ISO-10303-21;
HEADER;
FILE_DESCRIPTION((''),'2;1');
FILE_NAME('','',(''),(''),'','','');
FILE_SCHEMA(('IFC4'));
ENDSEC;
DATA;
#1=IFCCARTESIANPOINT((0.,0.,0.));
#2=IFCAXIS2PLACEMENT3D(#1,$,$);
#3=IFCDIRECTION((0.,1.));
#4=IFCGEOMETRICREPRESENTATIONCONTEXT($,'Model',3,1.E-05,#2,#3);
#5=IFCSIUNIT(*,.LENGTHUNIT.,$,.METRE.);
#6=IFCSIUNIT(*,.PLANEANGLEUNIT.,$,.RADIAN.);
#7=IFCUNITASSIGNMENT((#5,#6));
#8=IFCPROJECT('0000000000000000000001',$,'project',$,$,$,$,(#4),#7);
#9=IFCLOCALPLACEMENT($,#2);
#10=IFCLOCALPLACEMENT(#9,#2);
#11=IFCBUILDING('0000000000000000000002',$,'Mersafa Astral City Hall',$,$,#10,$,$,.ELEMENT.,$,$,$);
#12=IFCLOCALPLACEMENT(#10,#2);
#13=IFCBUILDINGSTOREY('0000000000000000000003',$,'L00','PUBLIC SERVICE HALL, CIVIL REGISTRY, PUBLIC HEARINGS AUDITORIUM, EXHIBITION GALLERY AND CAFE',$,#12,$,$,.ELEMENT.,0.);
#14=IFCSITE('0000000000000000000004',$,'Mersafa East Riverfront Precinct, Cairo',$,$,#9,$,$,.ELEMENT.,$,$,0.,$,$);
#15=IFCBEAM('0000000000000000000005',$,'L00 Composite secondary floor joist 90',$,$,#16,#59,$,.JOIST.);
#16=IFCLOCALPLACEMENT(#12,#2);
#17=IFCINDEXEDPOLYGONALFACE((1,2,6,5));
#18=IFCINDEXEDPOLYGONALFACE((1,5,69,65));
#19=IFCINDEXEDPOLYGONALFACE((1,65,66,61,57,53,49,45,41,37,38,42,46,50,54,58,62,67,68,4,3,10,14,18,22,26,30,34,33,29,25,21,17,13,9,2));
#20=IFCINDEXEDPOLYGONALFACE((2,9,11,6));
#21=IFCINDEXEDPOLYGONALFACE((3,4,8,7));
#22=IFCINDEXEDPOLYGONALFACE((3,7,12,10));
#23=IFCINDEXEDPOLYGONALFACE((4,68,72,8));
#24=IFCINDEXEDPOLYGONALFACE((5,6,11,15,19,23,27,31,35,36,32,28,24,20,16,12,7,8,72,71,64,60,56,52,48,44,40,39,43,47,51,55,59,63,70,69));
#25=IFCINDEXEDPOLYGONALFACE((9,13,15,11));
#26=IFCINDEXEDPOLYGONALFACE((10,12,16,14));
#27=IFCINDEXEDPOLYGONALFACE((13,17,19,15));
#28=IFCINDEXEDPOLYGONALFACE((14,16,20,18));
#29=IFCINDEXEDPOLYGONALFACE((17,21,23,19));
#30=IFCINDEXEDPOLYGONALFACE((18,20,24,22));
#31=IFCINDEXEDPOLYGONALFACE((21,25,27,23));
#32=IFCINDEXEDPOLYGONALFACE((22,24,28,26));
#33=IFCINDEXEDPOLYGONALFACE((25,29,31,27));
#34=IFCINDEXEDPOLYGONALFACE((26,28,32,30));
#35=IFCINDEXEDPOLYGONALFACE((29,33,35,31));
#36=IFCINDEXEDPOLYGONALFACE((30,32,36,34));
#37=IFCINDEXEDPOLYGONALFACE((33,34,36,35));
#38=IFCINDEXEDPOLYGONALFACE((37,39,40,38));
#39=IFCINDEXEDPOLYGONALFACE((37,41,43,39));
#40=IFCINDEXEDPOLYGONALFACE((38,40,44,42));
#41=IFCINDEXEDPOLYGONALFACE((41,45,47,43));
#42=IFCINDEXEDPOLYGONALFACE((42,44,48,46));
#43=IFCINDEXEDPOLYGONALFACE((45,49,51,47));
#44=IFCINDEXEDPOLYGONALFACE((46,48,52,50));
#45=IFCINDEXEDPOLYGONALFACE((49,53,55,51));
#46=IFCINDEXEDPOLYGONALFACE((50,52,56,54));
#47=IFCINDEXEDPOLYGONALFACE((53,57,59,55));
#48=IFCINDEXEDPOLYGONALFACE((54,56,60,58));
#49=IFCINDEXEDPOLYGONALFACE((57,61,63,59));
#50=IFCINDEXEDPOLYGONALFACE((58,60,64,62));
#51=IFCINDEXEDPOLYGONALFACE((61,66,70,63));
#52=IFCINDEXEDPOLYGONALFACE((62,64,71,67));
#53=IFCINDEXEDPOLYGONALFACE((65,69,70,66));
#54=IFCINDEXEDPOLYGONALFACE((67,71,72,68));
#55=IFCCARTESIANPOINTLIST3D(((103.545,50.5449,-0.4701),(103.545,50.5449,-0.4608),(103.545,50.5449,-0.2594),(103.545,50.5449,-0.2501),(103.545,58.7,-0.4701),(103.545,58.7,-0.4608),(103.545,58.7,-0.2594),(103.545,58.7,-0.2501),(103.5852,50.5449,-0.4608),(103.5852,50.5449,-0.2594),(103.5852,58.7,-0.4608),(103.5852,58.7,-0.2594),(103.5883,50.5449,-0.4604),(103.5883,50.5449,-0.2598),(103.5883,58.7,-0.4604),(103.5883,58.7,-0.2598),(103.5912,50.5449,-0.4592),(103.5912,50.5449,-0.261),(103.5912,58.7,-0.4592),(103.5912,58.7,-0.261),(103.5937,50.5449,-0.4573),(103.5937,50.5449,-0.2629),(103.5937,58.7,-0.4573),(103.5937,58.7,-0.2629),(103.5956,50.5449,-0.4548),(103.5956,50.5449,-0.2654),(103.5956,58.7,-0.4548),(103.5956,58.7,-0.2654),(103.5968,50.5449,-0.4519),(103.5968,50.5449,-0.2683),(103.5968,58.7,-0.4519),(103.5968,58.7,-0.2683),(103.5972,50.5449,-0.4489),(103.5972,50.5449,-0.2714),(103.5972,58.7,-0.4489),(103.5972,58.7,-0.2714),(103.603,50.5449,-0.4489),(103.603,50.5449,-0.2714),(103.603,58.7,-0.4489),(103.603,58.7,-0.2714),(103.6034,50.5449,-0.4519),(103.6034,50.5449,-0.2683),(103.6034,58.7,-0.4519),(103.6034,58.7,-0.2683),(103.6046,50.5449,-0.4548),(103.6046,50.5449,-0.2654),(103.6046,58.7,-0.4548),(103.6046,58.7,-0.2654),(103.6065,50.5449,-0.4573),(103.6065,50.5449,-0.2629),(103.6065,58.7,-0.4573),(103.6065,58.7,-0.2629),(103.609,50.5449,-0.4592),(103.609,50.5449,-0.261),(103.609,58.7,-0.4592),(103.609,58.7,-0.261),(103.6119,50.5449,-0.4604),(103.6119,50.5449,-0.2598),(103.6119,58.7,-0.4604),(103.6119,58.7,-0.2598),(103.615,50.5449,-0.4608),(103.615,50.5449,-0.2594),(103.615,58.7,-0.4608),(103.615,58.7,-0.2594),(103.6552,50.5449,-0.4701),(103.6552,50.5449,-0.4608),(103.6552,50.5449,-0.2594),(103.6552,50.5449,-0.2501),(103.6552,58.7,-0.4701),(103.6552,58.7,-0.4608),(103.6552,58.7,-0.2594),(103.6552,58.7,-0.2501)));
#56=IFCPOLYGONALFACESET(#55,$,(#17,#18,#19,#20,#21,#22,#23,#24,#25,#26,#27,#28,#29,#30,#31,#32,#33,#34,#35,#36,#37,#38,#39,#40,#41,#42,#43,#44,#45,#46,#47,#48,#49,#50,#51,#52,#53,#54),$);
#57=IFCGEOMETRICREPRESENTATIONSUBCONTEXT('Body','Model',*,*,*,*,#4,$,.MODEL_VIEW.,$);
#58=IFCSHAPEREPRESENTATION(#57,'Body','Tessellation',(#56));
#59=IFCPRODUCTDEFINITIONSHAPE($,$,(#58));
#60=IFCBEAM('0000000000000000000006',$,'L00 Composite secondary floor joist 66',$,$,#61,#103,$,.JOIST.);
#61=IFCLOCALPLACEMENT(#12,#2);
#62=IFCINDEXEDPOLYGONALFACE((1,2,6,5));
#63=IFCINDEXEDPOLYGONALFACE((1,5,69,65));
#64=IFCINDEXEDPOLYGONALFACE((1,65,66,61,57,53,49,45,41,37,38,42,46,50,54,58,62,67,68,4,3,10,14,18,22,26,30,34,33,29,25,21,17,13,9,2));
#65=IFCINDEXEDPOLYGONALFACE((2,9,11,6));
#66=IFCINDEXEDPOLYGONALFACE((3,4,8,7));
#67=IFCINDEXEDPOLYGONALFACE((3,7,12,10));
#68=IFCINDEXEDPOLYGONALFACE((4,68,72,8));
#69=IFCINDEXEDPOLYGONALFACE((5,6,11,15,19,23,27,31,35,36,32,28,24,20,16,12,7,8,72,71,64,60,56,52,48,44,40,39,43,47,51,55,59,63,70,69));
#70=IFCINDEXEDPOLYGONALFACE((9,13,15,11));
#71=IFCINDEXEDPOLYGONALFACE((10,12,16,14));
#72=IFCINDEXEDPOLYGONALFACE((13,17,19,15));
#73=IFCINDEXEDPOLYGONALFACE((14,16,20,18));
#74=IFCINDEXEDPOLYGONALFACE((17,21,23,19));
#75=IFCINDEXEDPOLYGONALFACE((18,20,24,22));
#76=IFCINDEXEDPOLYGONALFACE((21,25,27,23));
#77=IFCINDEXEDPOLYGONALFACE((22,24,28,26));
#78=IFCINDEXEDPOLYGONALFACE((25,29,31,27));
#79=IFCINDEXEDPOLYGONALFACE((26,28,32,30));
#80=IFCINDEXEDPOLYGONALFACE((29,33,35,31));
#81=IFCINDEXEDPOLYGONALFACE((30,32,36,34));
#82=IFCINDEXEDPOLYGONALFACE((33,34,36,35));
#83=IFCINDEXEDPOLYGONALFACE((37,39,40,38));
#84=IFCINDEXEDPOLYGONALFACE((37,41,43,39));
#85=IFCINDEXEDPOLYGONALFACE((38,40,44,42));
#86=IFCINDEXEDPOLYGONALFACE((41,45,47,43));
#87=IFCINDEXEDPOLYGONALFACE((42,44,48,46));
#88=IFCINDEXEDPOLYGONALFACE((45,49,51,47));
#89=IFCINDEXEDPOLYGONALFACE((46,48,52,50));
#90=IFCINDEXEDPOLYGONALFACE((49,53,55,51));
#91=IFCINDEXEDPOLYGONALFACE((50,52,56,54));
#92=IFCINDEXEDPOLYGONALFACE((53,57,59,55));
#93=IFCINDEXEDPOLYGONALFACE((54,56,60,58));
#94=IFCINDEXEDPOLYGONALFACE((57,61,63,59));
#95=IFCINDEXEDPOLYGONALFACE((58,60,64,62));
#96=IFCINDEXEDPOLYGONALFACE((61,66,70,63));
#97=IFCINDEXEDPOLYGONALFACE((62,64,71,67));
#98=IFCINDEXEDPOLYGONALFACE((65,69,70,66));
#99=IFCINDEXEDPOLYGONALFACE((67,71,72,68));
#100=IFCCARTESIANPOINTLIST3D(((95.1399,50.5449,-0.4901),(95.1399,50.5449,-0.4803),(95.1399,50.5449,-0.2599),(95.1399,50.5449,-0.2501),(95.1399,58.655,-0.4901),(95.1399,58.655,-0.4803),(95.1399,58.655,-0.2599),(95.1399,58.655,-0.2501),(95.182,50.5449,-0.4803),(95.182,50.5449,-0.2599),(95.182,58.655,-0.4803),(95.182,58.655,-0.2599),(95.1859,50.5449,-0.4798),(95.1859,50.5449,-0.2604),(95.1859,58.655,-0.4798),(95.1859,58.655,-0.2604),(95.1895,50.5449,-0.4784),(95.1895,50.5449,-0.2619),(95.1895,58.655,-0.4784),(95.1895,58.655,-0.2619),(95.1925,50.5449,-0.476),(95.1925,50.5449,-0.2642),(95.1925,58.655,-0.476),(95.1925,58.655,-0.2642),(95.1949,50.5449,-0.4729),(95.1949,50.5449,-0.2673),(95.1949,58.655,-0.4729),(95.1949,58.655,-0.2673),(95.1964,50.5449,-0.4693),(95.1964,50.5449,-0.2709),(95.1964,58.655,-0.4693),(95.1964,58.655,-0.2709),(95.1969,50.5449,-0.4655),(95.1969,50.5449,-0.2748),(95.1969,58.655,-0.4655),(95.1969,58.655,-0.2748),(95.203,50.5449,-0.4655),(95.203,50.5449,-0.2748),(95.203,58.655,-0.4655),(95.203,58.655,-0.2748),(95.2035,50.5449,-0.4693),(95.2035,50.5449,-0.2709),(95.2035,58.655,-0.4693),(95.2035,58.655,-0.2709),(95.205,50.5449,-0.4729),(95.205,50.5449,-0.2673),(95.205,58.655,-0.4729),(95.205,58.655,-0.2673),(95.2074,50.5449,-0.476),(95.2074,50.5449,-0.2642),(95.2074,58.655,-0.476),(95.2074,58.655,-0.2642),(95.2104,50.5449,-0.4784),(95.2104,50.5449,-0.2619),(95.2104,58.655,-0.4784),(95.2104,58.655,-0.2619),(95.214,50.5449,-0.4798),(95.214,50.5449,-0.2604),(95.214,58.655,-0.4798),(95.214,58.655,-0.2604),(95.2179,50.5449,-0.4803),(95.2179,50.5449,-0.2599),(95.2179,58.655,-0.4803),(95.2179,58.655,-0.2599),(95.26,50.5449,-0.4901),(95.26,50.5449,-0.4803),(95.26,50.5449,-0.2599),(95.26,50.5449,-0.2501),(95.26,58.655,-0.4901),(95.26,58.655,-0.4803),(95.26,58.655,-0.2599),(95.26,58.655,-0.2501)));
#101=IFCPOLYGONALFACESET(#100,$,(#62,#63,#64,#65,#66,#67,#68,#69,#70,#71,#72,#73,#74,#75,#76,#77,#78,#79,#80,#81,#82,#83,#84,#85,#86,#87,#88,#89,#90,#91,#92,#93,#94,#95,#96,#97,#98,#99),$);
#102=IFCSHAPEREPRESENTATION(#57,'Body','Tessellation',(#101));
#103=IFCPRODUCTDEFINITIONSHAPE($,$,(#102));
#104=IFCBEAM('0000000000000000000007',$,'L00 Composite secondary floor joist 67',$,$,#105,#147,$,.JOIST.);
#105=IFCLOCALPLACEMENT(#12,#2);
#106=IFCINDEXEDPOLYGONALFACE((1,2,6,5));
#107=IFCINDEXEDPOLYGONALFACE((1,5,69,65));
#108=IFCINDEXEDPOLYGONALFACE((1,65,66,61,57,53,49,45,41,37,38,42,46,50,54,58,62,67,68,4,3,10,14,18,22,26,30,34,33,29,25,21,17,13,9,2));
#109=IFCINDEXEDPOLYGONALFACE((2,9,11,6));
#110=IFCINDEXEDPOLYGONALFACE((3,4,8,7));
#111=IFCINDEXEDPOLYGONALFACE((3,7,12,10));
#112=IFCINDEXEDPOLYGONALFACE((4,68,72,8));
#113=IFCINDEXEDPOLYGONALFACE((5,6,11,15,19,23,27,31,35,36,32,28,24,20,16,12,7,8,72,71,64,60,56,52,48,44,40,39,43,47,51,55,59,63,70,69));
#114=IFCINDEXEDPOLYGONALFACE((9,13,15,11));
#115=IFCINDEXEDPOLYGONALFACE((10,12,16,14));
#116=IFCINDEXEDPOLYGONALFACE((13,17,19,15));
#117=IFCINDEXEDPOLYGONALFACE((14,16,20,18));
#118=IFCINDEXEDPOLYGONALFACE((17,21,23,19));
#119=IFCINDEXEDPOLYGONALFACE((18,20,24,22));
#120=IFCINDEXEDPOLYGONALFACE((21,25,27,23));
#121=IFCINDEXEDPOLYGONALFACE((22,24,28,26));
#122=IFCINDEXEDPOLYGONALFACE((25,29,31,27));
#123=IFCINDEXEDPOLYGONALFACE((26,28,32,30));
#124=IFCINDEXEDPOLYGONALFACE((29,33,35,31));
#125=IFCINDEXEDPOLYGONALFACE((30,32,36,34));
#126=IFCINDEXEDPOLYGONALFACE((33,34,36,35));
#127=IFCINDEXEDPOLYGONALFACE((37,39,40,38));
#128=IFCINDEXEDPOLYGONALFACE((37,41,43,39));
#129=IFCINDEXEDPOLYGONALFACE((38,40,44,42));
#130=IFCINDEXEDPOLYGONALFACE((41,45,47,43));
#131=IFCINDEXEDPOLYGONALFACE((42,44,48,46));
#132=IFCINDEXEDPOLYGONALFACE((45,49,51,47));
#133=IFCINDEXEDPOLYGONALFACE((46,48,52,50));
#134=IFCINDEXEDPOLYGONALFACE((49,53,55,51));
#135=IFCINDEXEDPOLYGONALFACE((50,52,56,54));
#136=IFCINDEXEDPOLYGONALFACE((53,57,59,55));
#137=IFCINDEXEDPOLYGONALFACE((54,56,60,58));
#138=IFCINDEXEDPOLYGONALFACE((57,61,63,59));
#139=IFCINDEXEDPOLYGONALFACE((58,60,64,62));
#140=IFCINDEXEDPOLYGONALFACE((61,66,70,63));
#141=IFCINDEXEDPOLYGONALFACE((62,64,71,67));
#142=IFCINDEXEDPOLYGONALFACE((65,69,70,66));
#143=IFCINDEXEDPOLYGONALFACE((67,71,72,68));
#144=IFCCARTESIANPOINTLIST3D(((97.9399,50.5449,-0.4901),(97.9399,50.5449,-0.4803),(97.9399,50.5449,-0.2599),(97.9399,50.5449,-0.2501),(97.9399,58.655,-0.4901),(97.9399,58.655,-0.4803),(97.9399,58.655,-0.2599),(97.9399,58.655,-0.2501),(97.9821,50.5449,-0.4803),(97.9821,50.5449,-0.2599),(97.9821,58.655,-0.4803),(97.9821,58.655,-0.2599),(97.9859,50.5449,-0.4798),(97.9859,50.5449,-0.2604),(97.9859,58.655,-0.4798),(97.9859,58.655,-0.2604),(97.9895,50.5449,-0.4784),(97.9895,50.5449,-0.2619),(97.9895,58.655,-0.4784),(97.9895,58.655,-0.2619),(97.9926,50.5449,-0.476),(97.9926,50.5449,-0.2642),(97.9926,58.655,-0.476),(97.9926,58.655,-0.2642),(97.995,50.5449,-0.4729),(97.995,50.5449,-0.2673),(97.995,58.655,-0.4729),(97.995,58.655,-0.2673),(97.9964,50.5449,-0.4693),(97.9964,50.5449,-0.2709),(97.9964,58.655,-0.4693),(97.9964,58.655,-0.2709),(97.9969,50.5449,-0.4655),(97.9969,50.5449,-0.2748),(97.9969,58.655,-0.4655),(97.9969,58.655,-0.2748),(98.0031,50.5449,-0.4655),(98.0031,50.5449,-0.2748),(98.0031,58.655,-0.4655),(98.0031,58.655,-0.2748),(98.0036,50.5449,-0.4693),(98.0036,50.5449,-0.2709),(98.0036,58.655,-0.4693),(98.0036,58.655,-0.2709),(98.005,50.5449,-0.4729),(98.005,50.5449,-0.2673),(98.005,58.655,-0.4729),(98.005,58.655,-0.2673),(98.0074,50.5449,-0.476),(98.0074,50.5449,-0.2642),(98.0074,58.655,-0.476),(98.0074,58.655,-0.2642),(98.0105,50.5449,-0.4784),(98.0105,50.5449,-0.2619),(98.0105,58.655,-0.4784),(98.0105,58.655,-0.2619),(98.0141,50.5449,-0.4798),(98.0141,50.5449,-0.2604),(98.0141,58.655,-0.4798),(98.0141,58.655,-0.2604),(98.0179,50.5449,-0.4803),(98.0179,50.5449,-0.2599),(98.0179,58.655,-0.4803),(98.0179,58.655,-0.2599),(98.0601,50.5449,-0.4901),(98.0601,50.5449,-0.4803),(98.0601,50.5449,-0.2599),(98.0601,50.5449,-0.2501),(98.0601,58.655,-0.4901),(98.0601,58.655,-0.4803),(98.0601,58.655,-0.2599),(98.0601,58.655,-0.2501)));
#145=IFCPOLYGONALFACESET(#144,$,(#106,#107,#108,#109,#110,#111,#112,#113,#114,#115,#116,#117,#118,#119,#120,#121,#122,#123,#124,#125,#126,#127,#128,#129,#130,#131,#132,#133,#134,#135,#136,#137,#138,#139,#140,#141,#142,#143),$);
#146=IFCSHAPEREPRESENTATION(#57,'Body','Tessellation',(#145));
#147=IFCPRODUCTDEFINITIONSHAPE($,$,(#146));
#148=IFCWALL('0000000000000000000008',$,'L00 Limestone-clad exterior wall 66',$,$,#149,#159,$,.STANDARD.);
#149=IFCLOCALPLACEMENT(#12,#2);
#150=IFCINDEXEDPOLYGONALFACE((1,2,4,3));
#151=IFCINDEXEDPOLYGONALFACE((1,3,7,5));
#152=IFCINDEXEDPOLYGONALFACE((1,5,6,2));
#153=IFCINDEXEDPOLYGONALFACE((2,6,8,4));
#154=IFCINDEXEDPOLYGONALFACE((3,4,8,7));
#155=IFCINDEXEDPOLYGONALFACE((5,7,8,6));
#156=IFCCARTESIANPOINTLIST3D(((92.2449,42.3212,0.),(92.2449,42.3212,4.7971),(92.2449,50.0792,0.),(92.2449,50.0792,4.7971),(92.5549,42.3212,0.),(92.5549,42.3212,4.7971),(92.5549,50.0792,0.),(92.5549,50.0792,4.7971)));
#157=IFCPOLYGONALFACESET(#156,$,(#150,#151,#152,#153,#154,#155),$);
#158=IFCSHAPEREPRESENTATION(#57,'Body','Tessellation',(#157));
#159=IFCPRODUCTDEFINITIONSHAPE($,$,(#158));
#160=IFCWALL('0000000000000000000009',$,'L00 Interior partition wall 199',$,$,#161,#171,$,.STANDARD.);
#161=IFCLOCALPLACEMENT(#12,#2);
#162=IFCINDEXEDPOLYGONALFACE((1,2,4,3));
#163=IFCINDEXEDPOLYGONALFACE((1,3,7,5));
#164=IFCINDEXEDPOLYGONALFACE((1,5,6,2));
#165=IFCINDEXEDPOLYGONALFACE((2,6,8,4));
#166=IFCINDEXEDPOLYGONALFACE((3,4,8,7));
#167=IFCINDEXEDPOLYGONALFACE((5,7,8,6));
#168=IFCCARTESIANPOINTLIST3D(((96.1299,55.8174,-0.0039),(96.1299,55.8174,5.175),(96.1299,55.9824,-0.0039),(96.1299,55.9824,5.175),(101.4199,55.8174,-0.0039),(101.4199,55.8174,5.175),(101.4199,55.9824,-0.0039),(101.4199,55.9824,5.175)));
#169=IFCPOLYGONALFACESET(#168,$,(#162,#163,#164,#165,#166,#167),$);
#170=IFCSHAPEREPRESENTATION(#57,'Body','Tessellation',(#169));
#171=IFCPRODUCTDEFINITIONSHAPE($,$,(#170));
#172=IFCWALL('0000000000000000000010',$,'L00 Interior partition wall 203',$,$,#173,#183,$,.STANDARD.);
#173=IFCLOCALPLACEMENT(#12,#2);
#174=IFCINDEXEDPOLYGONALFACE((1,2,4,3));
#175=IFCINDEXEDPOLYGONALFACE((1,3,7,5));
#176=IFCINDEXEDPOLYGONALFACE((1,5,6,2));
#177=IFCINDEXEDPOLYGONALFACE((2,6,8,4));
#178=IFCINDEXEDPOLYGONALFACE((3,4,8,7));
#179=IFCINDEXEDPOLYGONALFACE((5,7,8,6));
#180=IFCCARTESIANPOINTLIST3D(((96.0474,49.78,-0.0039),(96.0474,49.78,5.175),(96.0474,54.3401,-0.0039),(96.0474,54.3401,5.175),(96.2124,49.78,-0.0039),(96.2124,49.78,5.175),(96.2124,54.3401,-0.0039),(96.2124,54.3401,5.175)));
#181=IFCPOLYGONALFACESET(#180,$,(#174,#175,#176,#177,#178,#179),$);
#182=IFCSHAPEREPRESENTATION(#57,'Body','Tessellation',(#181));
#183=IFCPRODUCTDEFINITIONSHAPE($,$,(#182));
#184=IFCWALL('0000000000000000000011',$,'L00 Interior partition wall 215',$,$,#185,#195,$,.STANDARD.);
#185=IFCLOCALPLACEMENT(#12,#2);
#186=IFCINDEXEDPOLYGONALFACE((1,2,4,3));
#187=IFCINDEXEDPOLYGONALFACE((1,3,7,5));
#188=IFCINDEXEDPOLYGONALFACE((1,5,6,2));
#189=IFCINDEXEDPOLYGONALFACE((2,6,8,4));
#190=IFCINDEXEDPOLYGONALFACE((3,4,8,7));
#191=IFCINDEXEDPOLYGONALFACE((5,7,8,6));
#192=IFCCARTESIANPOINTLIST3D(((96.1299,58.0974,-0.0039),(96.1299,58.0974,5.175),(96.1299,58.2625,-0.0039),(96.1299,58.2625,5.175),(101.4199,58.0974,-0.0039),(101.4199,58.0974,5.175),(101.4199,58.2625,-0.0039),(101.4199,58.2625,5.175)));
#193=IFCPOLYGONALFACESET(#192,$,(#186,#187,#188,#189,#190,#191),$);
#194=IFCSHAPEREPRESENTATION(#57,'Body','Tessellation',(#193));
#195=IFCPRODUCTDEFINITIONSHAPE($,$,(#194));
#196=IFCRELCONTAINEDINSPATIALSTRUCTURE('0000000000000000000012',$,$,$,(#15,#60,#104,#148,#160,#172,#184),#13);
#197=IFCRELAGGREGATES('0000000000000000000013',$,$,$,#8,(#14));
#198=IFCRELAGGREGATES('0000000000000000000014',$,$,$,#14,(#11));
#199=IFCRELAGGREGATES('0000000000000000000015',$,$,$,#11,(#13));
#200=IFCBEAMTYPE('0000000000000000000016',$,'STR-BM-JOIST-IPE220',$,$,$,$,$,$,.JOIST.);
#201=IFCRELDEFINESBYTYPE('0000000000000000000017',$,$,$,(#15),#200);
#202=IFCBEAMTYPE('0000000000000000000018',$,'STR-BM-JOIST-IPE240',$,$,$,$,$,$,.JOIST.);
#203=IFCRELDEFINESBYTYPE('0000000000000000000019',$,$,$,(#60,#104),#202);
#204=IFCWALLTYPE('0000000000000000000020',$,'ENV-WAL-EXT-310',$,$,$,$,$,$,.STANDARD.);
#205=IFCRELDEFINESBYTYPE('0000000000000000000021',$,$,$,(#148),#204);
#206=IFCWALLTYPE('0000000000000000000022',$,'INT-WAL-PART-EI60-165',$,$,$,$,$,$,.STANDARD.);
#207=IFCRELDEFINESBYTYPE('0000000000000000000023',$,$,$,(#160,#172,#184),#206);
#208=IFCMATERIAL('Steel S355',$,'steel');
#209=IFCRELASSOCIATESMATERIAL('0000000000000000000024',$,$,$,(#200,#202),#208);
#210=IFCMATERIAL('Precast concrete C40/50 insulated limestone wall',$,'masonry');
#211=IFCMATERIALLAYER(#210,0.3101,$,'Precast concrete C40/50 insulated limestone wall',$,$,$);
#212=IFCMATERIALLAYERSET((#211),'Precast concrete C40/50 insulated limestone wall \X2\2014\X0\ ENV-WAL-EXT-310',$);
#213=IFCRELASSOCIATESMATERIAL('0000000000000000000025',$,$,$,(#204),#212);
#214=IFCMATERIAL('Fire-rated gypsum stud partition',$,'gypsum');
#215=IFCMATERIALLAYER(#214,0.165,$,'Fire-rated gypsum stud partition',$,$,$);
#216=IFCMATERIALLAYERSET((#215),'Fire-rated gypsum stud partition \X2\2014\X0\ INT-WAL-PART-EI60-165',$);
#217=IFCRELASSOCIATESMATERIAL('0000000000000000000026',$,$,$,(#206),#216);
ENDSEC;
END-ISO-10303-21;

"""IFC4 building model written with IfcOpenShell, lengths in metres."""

from ifc_helpers import new_model, si_unit, direction, frame, frame_2d, origin, origin_2d, place, context, subcontext, project, spatial, rectangle, i_section, extrude, material, layer, layer_set, material_profile, profile_set, type_object, element, save


model = new_model("IFC4")

# Units and contexts
model_context = context("Model", 3, precision=1e-05, world=origin(), true_north=direction((0.0, 1.0)))
body_context = subcontext(model_context, "Body", "Model", "MODEL_VIEW")
ifc_project = project(units=[si_unit("LENGTHUNIT", "METRE"), si_unit("PLANEANGLEUNIT", "RADIAN")], contexts=[model_context])

# Site, building, storey
site_placement = place(None, origin())
site = spatial("IfcSite", under=ifc_project, at=site_placement, Name="Mersafa East Riverfront Precinct, Cairo", CompositionType="ELEMENT", RefElevation=0.0)
building_placement = place(site_placement, origin())
building = spatial("IfcBuilding", under=site, at=building_placement, Name="Mersafa Astral City Hall", CompositionType="ELEMENT")
storey_placement = place(building_placement, origin())
storey = spatial("IfcBuildingStorey", under=building, at=storey_placement, Name="L00", Description="PUBLIC SERVICE HALL, CIVIL REGISTRY, PUBLIC HEARINGS AUDITORIUM, EXHIBITION GALLERY AND CAFE", CompositionType="ELEMENT", Elevation=0.0)

# Shared definitions
ifc_material_1 = material(Name="Steel S355", Category="steel")

# Beams
ifc_material_profile_1 = material_profile(ifc_material_1, i_section(OverallWidth=0.1101, OverallDepth=0.22, WebThickness=0.0059, FlangeThickness=0.0093, FilletRadius=0.012, at=origin_2d()), Name="IPE 220")
ifc_profile_set_1 = profile_set([ifc_material_profile_1], Name="Steel S355")
beam_type_1 = type_object("IfcBeamType", Name="STR-BM-JOIST-IPE220", PredefinedType="JOIST", material=ifc_profile_set_1)
beam_1_placement = place(storey_placement, frame((103.6001, 50.5449, -0.3601), z_axis=(0.0, 1.0, 0.0), x_axis=(-1.0, 0.0, 0.0)))
element("IfcBeam", 1, at=beam_1_placement, inside=storey, type_object=beam_type_1, Name="L00 Composite secondary floor joist 90", PredefinedType="JOIST", context=body_context, shape_type="SweptSolid", body=[
    extrude(i_section(OverallWidth=0.1101, OverallDepth=0.22, WebThickness=0.0059, FlangeThickness=0.0093, FilletRadius=0.012, at=origin_2d()), origin(), (0.0, 0.0, 1.0), 8.155),
])
ifc_material_profile_2 = material_profile(ifc_material_1, i_section(OverallWidth=0.1201, OverallDepth=0.24, WebThickness=0.0061, FlangeThickness=0.0098, FilletRadius=0.0149, at=origin_2d()), Name="IPE 240")
ifc_profile_set_2 = profile_set([ifc_material_profile_2], Name="Steel S355")
beam_type_2 = type_object("IfcBeamType", Name="STR-BM-JOIST-IPE240", PredefinedType="JOIST", material=ifc_profile_set_2)
for number, where, z_axis, x_axis, name in (
    (2, (95.2, 50.5449, -0.3701), (0.0, 1.0, 0.0), (-1.0, 0.0, 0.0), "L00 Composite secondary floor joist 66"),
    (3, (98.0, 50.5449, -0.3701), (0.0, 1.0, 0.0), (-1.0, 0.0, 0.0), "L00 Composite secondary floor joist 67"),
):
    element("IfcBeam", number, at=place(storey_placement, frame(where, z_axis=z_axis, x_axis=x_axis)), inside=storey, type_object=beam_type_2, Name=name, PredefinedType="JOIST", context=body_context, shape_type="SweptSolid", body=[
        extrude(i_section(OverallWidth=0.1201, OverallDepth=0.24, WebThickness=0.0061, FlangeThickness=0.0098, FilletRadius=0.0149, at=origin_2d()), origin(), (0.0, 0.0, 1.0), 8.1101),
    ])

# Walls
ifc_material_2 = material(Name="Precast concrete C40/50 insulated limestone wall", Category="masonry")
ifc_layer_1 = layer(ifc_material_2, 0.3101, Name="Precast concrete C40/50 insulated limestone wall")
ifc_layer_set_1 = layer_set([ifc_layer_1], Name="Precast concrete C40/50 insulated limestone wall — ENV-WAL-EXT-310")
wall_type_1 = type_object("IfcWallType", Name="ENV-WAL-EXT-310", PredefinedType="STANDARD", material=ifc_layer_set_1)
wall_1_placement = place(storey_placement, frame((92.3999, 50.0791, 0.0), z_axis=(0.0, 0.0, 1.0), x_axis=(0.0, -1.0, 0.0)))
element("IfcWall", 4, at=wall_1_placement, inside=storey, type_object=wall_type_1, Name="L00 Limestone-clad exterior wall 66", PredefinedType="STANDARD", context=body_context, shape_type="SweptSolid", body=[
    extrude(rectangle(XDim=7.7581, YDim=0.3101, at=frame_2d((3.8789, 0.0))), origin(), (0.0, 0.0, 1.0), 4.7971),
])
ifc_material_3 = material(Name="Fire-rated gypsum stud partition", Category="gypsum")
ifc_layer_2 = layer(ifc_material_3, 0.165, Name="Fire-rated gypsum stud partition")
ifc_layer_set_2 = layer_set([ifc_layer_2], Name="Fire-rated gypsum stud partition — INT-WAL-PART-EI60-165")
wall_type_2 = type_object("IfcWallType", Name="INT-WAL-PART-EI60-165", PredefinedType="STANDARD", material=ifc_layer_set_2)
wall_2_placement = place(storey_placement, frame((96.1299, 55.8999, -0.0039), z_axis=(0.0, 0.0, 1.0), x_axis=(1.0, 0.0, 0.0)))
element("IfcWall", 5, at=wall_2_placement, inside=storey, type_object=wall_type_2, Name="L00 Interior partition wall 199", PredefinedType="STANDARD", context=body_context, shape_type="SweptSolid", body=[
    extrude(rectangle(XDim=5.29, YDim=0.165, at=frame_2d((2.645, 0.0))), origin(), (0.0, 0.0, 1.0), 5.179),
])
wall_3_placement = place(storey_placement, frame((96.1299, 49.78, -0.0039), z_axis=(0.0, 0.0, 1.0), x_axis=(0.0, 1.0, 0.0)))
element("IfcWall", 6, at=wall_3_placement, inside=storey, type_object=wall_type_2, Name="L00 Interior partition wall 203", PredefinedType="STANDARD", context=body_context, shape_type="SweptSolid", body=[
    extrude(rectangle(XDim=4.5601, YDim=0.165, at=frame_2d((2.28, 0.0))), origin(), (0.0, 0.0, 1.0), 5.179),
])
wall_4_placement = place(storey_placement, frame((101.4199, 58.1799, -0.0039), z_axis=(0.0, 0.0, 1.0), x_axis=(-1.0, 0.0, 0.0)))
element("IfcWall", 7, at=wall_4_placement, inside=storey, type_object=wall_type_2, Name="L00 Interior partition wall 215", PredefinedType="STANDARD", context=body_context, shape_type="SweptSolid", body=[
    extrude(rectangle(XDim=5.29, YDim=0.165, at=frame_2d((2.645, 0.0))), origin(), (0.0, 0.0, 1.0), 5.179),
])

save(model, "model.ifc")
